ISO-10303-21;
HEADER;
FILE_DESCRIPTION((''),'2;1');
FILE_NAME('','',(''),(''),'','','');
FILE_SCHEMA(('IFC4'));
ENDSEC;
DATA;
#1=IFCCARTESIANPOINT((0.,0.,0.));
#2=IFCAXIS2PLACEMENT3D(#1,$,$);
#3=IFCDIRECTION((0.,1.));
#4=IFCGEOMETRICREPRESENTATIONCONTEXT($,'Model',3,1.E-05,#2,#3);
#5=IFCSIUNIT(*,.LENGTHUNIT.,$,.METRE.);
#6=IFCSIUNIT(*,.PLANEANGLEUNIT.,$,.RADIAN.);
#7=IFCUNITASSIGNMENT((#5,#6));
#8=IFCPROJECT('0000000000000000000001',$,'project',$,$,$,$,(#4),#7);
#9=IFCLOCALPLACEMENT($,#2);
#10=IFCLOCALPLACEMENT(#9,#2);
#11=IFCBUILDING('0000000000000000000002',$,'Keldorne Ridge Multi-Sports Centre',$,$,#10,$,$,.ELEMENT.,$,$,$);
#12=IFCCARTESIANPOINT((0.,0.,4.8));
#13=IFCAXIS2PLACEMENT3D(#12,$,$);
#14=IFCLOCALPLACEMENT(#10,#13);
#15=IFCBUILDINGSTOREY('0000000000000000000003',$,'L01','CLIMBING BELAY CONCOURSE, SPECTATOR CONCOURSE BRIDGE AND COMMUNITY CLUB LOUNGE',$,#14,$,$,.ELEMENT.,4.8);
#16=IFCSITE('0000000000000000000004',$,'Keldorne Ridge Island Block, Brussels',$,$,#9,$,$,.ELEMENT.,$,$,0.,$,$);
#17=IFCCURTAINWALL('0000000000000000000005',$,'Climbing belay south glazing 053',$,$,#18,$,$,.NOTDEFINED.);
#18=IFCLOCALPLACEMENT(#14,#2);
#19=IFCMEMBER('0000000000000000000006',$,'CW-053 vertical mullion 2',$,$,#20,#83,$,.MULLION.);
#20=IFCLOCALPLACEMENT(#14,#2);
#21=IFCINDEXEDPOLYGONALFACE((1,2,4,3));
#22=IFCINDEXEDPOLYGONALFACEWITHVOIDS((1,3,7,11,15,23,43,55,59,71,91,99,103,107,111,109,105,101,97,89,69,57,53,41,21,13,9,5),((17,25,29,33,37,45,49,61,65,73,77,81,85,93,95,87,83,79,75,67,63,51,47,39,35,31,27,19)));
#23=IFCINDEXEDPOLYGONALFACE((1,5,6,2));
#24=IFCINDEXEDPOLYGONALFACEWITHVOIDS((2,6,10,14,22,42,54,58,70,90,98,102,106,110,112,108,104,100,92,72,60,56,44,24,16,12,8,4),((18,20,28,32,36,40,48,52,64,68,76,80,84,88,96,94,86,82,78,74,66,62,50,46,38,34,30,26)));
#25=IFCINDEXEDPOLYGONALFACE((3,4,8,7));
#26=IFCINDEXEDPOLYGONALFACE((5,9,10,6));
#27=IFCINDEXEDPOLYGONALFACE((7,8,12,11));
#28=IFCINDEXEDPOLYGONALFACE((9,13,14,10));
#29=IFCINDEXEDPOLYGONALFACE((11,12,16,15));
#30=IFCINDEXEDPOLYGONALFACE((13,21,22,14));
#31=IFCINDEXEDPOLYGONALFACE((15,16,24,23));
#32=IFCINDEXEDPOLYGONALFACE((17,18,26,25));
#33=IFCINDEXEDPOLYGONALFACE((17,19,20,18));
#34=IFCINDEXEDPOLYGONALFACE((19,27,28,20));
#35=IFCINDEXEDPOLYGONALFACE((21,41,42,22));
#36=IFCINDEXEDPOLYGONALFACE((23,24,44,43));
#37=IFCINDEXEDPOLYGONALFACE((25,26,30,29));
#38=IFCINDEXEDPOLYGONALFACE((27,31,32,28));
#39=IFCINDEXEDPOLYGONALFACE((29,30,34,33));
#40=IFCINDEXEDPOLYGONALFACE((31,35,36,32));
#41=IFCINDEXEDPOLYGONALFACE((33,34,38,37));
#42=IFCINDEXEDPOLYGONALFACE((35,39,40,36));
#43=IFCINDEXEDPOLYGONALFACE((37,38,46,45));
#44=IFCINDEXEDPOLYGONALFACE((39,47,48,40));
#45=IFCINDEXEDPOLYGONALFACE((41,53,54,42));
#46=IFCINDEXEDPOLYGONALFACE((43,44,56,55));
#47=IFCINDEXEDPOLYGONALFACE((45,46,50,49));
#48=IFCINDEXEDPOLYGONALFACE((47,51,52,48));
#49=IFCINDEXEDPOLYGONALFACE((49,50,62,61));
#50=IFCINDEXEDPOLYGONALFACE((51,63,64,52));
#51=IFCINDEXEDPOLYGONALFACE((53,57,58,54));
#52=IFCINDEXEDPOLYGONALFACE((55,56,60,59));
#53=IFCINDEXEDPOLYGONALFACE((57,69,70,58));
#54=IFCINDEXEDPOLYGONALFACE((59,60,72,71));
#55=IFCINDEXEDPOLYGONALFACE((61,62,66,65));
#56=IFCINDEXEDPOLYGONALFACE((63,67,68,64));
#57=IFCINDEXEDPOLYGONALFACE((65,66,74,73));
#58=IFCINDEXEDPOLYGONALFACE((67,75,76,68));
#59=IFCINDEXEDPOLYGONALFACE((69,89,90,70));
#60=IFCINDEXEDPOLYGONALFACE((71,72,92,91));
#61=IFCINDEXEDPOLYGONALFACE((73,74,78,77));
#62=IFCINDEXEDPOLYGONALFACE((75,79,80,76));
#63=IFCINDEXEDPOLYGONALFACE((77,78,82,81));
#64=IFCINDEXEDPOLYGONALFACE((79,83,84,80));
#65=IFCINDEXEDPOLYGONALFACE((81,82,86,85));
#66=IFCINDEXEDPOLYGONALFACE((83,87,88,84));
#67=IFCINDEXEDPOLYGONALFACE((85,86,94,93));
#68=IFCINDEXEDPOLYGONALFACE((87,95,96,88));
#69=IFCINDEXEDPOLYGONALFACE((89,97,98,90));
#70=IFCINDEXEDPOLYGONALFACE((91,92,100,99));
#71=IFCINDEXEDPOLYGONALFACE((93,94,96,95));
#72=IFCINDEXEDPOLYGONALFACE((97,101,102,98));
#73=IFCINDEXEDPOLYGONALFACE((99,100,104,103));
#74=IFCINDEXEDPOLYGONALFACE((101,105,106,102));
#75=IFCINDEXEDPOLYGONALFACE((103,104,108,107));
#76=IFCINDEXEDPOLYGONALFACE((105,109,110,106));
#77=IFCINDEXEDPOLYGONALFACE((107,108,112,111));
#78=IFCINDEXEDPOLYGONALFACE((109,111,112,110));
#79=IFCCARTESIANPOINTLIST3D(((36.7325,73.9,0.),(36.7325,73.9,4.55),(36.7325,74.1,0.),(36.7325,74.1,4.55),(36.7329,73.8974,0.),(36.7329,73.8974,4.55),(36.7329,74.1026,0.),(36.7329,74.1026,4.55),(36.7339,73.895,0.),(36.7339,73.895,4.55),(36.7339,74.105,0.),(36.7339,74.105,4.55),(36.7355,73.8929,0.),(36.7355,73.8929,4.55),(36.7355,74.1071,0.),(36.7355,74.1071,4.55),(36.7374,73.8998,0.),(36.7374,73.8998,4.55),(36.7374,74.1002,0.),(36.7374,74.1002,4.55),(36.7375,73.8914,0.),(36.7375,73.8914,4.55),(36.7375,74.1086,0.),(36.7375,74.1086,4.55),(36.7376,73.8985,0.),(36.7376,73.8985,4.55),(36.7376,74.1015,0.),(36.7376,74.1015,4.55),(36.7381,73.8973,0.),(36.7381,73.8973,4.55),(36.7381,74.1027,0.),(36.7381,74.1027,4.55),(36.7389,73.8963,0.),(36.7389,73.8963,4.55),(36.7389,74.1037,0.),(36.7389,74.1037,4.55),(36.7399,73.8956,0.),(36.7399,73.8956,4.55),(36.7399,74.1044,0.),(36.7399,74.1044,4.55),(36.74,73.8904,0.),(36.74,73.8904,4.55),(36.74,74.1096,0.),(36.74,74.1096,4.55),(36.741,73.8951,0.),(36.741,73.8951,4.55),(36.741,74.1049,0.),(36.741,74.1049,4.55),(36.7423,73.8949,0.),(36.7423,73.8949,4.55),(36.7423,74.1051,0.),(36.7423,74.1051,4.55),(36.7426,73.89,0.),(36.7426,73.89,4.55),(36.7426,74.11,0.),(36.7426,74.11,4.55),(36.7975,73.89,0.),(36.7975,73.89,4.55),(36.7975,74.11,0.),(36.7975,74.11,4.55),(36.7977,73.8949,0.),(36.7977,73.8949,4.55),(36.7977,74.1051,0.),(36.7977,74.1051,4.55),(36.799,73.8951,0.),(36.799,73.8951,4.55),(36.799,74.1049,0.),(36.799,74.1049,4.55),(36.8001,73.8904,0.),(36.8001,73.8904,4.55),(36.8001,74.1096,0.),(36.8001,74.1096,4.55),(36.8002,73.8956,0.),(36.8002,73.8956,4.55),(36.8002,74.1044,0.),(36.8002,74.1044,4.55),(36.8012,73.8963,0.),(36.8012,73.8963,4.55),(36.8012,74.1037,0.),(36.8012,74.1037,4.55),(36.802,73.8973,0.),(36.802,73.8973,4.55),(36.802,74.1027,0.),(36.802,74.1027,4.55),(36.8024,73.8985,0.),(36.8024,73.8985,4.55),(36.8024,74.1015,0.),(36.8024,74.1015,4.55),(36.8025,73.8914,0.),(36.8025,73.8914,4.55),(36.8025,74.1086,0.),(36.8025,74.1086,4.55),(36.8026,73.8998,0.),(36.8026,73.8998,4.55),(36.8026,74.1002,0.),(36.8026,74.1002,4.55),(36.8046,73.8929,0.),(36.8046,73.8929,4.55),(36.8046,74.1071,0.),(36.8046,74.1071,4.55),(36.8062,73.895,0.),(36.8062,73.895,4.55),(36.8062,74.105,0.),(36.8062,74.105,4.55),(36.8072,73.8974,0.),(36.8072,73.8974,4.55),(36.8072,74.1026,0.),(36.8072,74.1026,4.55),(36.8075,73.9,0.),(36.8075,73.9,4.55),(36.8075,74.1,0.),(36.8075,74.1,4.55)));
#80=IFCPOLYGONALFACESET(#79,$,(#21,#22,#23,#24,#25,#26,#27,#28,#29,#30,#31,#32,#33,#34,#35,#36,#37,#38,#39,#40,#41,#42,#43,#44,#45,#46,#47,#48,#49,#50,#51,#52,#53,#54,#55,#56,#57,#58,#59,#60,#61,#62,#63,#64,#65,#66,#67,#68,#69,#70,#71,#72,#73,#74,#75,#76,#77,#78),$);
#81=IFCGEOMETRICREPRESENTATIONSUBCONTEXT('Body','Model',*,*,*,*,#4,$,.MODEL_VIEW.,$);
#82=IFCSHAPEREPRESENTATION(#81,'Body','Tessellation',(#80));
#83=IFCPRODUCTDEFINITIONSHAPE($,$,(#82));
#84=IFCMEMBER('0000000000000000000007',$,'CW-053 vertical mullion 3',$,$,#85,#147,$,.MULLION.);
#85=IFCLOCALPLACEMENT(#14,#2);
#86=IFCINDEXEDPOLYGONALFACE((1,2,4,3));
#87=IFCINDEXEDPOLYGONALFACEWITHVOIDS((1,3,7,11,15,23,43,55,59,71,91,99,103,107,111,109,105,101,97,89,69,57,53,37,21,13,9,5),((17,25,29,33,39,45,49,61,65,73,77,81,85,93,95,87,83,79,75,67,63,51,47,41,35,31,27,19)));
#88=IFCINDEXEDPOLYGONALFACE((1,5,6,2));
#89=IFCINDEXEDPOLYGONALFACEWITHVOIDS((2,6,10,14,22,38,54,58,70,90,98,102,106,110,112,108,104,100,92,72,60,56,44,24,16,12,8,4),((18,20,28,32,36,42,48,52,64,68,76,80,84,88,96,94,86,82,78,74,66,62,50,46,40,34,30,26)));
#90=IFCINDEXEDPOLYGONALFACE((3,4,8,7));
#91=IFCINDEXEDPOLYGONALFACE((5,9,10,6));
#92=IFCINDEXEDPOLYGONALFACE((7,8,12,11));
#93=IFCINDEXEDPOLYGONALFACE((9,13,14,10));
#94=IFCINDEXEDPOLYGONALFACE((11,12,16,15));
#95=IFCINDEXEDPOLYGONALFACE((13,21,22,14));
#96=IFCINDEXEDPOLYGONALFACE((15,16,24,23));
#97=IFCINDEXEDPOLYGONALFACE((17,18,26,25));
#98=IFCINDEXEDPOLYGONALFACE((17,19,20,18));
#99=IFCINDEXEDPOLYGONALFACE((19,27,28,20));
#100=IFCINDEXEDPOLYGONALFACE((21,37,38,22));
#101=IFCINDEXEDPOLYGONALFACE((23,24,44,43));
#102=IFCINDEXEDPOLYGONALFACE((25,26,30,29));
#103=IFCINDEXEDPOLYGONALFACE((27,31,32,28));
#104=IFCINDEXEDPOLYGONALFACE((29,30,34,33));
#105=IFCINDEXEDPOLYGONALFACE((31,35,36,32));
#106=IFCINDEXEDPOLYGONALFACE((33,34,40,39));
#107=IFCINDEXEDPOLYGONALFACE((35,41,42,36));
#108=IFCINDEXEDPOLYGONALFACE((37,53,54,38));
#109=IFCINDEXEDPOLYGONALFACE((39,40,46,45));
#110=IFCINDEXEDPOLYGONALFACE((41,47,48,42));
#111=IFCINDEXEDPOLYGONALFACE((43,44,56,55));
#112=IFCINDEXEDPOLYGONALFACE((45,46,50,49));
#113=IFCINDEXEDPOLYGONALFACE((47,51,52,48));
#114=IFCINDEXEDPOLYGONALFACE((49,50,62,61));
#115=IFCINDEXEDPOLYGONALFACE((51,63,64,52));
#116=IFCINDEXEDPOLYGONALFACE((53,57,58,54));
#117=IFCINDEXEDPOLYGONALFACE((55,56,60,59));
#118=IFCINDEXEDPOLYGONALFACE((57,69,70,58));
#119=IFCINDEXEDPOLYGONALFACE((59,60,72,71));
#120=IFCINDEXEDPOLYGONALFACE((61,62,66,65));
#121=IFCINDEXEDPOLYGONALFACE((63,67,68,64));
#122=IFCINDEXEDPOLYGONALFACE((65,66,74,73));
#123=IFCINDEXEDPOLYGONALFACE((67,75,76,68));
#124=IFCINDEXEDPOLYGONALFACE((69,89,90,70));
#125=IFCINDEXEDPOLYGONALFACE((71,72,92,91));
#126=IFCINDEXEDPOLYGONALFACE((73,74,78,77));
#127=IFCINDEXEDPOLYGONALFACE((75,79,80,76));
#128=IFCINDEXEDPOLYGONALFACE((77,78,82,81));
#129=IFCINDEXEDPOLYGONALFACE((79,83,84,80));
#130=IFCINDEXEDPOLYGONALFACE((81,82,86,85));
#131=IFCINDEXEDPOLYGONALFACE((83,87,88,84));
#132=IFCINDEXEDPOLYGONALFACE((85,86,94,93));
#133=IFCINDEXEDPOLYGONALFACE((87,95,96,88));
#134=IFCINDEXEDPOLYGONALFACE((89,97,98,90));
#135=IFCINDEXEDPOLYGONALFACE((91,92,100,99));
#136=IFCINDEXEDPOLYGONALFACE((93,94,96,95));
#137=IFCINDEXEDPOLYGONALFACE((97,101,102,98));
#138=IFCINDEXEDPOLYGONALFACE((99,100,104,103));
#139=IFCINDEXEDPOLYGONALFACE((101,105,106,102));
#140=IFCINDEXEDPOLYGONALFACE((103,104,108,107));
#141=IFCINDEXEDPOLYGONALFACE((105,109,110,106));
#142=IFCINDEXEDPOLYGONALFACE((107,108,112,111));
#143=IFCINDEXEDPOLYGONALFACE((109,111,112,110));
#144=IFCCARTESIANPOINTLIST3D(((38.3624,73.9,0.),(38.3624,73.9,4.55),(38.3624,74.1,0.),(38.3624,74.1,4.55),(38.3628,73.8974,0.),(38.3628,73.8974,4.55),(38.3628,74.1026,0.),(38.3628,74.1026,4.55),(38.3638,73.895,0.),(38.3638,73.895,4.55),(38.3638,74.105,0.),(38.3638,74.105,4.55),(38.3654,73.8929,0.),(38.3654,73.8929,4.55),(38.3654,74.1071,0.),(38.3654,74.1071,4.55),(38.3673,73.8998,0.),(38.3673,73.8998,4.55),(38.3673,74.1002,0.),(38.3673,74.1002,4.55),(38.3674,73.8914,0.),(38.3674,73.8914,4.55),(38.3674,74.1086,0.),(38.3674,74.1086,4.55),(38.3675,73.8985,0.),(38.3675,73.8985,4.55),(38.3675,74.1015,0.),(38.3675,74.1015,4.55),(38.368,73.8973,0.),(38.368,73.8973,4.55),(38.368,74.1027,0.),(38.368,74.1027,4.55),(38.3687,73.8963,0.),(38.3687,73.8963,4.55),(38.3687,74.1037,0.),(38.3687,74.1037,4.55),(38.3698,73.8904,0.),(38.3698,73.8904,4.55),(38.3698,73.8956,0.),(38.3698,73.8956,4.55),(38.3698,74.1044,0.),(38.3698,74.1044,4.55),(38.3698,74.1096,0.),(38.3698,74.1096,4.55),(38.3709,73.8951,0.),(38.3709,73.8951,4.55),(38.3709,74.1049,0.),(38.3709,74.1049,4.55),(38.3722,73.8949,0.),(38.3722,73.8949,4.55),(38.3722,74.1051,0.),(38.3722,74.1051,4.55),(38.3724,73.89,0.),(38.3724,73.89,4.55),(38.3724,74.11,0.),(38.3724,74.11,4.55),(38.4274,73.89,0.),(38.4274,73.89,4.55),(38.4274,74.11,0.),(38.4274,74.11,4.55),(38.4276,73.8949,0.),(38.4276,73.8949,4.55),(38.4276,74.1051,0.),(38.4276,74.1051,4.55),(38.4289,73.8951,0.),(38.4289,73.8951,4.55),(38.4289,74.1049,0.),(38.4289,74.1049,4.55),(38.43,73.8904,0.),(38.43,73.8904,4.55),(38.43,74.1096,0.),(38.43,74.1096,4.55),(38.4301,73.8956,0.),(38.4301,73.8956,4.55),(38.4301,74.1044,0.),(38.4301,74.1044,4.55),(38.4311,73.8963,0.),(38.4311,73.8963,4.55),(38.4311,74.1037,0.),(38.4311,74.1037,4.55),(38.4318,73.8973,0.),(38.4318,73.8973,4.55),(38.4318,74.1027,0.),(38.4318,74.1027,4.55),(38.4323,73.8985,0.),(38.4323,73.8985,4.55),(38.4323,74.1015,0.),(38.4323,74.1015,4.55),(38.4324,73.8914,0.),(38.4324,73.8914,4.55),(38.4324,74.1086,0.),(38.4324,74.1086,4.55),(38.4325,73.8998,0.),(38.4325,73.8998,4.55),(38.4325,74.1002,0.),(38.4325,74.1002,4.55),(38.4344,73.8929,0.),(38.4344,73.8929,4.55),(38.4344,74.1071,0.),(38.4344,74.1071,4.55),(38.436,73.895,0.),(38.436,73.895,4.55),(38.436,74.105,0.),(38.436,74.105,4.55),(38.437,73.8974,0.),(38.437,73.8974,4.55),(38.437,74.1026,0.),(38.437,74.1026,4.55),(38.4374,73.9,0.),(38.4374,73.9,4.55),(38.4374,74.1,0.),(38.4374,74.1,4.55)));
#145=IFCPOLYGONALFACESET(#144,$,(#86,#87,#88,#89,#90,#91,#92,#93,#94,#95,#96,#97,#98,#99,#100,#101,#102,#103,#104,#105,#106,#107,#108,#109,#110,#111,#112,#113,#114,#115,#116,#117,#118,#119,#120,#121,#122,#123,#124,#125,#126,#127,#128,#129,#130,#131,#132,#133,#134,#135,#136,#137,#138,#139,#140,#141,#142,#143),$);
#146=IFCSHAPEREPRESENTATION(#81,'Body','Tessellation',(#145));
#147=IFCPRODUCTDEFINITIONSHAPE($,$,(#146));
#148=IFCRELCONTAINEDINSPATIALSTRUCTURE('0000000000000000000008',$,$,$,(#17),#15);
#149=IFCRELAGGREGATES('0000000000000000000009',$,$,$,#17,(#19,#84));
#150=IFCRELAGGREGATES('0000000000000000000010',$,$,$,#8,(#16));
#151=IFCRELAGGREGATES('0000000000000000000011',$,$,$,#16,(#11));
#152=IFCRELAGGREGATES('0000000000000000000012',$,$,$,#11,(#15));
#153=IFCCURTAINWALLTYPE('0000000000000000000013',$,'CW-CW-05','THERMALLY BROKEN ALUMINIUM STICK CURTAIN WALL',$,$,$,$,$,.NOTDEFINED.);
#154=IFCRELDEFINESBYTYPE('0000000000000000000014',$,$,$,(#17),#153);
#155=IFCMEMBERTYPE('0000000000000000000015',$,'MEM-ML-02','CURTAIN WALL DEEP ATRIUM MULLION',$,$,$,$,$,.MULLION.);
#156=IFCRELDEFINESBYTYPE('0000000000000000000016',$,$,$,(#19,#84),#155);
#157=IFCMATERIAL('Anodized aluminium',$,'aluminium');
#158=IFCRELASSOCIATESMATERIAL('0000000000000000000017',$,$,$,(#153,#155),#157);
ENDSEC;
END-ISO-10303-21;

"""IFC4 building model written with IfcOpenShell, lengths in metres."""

from ifc_helpers import new_model, si_unit, direction, frame, origin, origin_2d, place, context, subcontext, project, spatial, hollow_rectangle, extrude, material, material_profile, profile_set, type_object, element, aggregate, save


model = new_model("IFC4")

# Units and contexts
model_context = context("Model", 3, precision=1e-05, world=origin(), true_north=direction((0.0, 1.0)))
body_context = subcontext(model_context, "Body", "Model", "MODEL_VIEW")
ifc_project = project(units=[si_unit("LENGTHUNIT", "METRE"), si_unit("PLANEANGLEUNIT", "RADIAN")], contexts=[model_context])

# Site, building, storey
site_placement = place(None, origin())
site = spatial("IfcSite", under=ifc_project, at=site_placement, Name="Keldorne Ridge Island Block, Brussels", CompositionType="ELEMENT", RefElevation=0.0)
building_placement = place(site_placement, origin())
building = spatial("IfcBuilding", under=site, at=building_placement, Name="Keldorne Ridge Multi-Sports Centre", CompositionType="ELEMENT")
storey_placement = place(building_placement, frame((0.0, 0.0, 4.8)))
storey = spatial("IfcBuildingStorey", under=building, at=storey_placement, Name="L01", Description="CLIMBING BELAY CONCOURSE, SPECTATOR CONCOURSE BRIDGE AND COMMUNITY CLUB LOUNGE", CompositionType="ELEMENT", Elevation=4.8)

# Curtain wall, members
ifc_material_1 = material(Name="Anodized aluminium", Category="aluminium")
curtain_wall_type = type_object("IfcCurtainWallType", Name="CW-CW-05", Description="THERMALLY BROKEN ALUMINIUM STICK CURTAIN WALL", PredefinedType="NOTDEFINED", material=ifc_material_1)
curtain_wall_placement = place(storey_placement, origin())
curtain_wall = element("IfcCurtainWall", 1, at=curtain_wall_placement, inside=storey, type_object=curtain_wall_type, Name="Climbing belay south glazing 053", PredefinedType="NOTDEFINED")
ifc_material_profile_1 = material_profile(ifc_material_1, hollow_rectangle(XDim=0.075, YDim=0.22, WallThickness=0.0049, InnerFilletRadius=0.0049, OuterFilletRadius=0.01, at=origin_2d()), Name="ALU MULLION 220x75x5")
ifc_profile_set_1 = profile_set([ifc_material_profile_1], Name="Anodized aluminium")
member_type_1 = type_object("IfcMemberType", Name="MEM-ML-02", Description="CURTAIN WALL DEEP ATRIUM MULLION", PredefinedType="MULLION", material=ifc_profile_set_1)
member_1_placement = place(storey_placement, frame((36.77, 74.0, 0.0), z_axis=(0.0, 0.0, 1.0), x_axis=(1.0, 0.0, 0.0)))
member_1 = element("IfcMember", 2, at=member_1_placement, type_object=member_type_1, Name="CW-053 vertical mullion 2", PredefinedType="MULLION", context=body_context, shape_type="SweptSolid", body=[
    extrude(hollow_rectangle(XDim=0.075, YDim=0.22, WallThickness=0.0049, InnerFilletRadius=0.0049, OuterFilletRadius=0.01, at=origin_2d()), origin(), (0.0, 0.0, 1.0), 4.55),
])
member_2_placement = place(storey_placement, frame((38.3999, 74.0, 0.0), z_axis=(0.0, 0.0, 1.0), x_axis=(1.0, 0.0, 0.0)))
member_2 = element("IfcMember", 3, at=member_2_placement, type_object=member_type_1, Name="CW-053 vertical mullion 3", PredefinedType="MULLION", context=body_context, shape_type="SweptSolid", body=[
    extrude(hollow_rectangle(XDim=0.075, YDim=0.22, WallThickness=0.0049, InnerFilletRadius=0.0049, OuterFilletRadius=0.01, at=origin_2d()), origin(), (0.0, 0.0, 1.0), 4.55),
])
aggregate(curtain_wall, [member_1, member_2])

save(model, "model.ifc")
